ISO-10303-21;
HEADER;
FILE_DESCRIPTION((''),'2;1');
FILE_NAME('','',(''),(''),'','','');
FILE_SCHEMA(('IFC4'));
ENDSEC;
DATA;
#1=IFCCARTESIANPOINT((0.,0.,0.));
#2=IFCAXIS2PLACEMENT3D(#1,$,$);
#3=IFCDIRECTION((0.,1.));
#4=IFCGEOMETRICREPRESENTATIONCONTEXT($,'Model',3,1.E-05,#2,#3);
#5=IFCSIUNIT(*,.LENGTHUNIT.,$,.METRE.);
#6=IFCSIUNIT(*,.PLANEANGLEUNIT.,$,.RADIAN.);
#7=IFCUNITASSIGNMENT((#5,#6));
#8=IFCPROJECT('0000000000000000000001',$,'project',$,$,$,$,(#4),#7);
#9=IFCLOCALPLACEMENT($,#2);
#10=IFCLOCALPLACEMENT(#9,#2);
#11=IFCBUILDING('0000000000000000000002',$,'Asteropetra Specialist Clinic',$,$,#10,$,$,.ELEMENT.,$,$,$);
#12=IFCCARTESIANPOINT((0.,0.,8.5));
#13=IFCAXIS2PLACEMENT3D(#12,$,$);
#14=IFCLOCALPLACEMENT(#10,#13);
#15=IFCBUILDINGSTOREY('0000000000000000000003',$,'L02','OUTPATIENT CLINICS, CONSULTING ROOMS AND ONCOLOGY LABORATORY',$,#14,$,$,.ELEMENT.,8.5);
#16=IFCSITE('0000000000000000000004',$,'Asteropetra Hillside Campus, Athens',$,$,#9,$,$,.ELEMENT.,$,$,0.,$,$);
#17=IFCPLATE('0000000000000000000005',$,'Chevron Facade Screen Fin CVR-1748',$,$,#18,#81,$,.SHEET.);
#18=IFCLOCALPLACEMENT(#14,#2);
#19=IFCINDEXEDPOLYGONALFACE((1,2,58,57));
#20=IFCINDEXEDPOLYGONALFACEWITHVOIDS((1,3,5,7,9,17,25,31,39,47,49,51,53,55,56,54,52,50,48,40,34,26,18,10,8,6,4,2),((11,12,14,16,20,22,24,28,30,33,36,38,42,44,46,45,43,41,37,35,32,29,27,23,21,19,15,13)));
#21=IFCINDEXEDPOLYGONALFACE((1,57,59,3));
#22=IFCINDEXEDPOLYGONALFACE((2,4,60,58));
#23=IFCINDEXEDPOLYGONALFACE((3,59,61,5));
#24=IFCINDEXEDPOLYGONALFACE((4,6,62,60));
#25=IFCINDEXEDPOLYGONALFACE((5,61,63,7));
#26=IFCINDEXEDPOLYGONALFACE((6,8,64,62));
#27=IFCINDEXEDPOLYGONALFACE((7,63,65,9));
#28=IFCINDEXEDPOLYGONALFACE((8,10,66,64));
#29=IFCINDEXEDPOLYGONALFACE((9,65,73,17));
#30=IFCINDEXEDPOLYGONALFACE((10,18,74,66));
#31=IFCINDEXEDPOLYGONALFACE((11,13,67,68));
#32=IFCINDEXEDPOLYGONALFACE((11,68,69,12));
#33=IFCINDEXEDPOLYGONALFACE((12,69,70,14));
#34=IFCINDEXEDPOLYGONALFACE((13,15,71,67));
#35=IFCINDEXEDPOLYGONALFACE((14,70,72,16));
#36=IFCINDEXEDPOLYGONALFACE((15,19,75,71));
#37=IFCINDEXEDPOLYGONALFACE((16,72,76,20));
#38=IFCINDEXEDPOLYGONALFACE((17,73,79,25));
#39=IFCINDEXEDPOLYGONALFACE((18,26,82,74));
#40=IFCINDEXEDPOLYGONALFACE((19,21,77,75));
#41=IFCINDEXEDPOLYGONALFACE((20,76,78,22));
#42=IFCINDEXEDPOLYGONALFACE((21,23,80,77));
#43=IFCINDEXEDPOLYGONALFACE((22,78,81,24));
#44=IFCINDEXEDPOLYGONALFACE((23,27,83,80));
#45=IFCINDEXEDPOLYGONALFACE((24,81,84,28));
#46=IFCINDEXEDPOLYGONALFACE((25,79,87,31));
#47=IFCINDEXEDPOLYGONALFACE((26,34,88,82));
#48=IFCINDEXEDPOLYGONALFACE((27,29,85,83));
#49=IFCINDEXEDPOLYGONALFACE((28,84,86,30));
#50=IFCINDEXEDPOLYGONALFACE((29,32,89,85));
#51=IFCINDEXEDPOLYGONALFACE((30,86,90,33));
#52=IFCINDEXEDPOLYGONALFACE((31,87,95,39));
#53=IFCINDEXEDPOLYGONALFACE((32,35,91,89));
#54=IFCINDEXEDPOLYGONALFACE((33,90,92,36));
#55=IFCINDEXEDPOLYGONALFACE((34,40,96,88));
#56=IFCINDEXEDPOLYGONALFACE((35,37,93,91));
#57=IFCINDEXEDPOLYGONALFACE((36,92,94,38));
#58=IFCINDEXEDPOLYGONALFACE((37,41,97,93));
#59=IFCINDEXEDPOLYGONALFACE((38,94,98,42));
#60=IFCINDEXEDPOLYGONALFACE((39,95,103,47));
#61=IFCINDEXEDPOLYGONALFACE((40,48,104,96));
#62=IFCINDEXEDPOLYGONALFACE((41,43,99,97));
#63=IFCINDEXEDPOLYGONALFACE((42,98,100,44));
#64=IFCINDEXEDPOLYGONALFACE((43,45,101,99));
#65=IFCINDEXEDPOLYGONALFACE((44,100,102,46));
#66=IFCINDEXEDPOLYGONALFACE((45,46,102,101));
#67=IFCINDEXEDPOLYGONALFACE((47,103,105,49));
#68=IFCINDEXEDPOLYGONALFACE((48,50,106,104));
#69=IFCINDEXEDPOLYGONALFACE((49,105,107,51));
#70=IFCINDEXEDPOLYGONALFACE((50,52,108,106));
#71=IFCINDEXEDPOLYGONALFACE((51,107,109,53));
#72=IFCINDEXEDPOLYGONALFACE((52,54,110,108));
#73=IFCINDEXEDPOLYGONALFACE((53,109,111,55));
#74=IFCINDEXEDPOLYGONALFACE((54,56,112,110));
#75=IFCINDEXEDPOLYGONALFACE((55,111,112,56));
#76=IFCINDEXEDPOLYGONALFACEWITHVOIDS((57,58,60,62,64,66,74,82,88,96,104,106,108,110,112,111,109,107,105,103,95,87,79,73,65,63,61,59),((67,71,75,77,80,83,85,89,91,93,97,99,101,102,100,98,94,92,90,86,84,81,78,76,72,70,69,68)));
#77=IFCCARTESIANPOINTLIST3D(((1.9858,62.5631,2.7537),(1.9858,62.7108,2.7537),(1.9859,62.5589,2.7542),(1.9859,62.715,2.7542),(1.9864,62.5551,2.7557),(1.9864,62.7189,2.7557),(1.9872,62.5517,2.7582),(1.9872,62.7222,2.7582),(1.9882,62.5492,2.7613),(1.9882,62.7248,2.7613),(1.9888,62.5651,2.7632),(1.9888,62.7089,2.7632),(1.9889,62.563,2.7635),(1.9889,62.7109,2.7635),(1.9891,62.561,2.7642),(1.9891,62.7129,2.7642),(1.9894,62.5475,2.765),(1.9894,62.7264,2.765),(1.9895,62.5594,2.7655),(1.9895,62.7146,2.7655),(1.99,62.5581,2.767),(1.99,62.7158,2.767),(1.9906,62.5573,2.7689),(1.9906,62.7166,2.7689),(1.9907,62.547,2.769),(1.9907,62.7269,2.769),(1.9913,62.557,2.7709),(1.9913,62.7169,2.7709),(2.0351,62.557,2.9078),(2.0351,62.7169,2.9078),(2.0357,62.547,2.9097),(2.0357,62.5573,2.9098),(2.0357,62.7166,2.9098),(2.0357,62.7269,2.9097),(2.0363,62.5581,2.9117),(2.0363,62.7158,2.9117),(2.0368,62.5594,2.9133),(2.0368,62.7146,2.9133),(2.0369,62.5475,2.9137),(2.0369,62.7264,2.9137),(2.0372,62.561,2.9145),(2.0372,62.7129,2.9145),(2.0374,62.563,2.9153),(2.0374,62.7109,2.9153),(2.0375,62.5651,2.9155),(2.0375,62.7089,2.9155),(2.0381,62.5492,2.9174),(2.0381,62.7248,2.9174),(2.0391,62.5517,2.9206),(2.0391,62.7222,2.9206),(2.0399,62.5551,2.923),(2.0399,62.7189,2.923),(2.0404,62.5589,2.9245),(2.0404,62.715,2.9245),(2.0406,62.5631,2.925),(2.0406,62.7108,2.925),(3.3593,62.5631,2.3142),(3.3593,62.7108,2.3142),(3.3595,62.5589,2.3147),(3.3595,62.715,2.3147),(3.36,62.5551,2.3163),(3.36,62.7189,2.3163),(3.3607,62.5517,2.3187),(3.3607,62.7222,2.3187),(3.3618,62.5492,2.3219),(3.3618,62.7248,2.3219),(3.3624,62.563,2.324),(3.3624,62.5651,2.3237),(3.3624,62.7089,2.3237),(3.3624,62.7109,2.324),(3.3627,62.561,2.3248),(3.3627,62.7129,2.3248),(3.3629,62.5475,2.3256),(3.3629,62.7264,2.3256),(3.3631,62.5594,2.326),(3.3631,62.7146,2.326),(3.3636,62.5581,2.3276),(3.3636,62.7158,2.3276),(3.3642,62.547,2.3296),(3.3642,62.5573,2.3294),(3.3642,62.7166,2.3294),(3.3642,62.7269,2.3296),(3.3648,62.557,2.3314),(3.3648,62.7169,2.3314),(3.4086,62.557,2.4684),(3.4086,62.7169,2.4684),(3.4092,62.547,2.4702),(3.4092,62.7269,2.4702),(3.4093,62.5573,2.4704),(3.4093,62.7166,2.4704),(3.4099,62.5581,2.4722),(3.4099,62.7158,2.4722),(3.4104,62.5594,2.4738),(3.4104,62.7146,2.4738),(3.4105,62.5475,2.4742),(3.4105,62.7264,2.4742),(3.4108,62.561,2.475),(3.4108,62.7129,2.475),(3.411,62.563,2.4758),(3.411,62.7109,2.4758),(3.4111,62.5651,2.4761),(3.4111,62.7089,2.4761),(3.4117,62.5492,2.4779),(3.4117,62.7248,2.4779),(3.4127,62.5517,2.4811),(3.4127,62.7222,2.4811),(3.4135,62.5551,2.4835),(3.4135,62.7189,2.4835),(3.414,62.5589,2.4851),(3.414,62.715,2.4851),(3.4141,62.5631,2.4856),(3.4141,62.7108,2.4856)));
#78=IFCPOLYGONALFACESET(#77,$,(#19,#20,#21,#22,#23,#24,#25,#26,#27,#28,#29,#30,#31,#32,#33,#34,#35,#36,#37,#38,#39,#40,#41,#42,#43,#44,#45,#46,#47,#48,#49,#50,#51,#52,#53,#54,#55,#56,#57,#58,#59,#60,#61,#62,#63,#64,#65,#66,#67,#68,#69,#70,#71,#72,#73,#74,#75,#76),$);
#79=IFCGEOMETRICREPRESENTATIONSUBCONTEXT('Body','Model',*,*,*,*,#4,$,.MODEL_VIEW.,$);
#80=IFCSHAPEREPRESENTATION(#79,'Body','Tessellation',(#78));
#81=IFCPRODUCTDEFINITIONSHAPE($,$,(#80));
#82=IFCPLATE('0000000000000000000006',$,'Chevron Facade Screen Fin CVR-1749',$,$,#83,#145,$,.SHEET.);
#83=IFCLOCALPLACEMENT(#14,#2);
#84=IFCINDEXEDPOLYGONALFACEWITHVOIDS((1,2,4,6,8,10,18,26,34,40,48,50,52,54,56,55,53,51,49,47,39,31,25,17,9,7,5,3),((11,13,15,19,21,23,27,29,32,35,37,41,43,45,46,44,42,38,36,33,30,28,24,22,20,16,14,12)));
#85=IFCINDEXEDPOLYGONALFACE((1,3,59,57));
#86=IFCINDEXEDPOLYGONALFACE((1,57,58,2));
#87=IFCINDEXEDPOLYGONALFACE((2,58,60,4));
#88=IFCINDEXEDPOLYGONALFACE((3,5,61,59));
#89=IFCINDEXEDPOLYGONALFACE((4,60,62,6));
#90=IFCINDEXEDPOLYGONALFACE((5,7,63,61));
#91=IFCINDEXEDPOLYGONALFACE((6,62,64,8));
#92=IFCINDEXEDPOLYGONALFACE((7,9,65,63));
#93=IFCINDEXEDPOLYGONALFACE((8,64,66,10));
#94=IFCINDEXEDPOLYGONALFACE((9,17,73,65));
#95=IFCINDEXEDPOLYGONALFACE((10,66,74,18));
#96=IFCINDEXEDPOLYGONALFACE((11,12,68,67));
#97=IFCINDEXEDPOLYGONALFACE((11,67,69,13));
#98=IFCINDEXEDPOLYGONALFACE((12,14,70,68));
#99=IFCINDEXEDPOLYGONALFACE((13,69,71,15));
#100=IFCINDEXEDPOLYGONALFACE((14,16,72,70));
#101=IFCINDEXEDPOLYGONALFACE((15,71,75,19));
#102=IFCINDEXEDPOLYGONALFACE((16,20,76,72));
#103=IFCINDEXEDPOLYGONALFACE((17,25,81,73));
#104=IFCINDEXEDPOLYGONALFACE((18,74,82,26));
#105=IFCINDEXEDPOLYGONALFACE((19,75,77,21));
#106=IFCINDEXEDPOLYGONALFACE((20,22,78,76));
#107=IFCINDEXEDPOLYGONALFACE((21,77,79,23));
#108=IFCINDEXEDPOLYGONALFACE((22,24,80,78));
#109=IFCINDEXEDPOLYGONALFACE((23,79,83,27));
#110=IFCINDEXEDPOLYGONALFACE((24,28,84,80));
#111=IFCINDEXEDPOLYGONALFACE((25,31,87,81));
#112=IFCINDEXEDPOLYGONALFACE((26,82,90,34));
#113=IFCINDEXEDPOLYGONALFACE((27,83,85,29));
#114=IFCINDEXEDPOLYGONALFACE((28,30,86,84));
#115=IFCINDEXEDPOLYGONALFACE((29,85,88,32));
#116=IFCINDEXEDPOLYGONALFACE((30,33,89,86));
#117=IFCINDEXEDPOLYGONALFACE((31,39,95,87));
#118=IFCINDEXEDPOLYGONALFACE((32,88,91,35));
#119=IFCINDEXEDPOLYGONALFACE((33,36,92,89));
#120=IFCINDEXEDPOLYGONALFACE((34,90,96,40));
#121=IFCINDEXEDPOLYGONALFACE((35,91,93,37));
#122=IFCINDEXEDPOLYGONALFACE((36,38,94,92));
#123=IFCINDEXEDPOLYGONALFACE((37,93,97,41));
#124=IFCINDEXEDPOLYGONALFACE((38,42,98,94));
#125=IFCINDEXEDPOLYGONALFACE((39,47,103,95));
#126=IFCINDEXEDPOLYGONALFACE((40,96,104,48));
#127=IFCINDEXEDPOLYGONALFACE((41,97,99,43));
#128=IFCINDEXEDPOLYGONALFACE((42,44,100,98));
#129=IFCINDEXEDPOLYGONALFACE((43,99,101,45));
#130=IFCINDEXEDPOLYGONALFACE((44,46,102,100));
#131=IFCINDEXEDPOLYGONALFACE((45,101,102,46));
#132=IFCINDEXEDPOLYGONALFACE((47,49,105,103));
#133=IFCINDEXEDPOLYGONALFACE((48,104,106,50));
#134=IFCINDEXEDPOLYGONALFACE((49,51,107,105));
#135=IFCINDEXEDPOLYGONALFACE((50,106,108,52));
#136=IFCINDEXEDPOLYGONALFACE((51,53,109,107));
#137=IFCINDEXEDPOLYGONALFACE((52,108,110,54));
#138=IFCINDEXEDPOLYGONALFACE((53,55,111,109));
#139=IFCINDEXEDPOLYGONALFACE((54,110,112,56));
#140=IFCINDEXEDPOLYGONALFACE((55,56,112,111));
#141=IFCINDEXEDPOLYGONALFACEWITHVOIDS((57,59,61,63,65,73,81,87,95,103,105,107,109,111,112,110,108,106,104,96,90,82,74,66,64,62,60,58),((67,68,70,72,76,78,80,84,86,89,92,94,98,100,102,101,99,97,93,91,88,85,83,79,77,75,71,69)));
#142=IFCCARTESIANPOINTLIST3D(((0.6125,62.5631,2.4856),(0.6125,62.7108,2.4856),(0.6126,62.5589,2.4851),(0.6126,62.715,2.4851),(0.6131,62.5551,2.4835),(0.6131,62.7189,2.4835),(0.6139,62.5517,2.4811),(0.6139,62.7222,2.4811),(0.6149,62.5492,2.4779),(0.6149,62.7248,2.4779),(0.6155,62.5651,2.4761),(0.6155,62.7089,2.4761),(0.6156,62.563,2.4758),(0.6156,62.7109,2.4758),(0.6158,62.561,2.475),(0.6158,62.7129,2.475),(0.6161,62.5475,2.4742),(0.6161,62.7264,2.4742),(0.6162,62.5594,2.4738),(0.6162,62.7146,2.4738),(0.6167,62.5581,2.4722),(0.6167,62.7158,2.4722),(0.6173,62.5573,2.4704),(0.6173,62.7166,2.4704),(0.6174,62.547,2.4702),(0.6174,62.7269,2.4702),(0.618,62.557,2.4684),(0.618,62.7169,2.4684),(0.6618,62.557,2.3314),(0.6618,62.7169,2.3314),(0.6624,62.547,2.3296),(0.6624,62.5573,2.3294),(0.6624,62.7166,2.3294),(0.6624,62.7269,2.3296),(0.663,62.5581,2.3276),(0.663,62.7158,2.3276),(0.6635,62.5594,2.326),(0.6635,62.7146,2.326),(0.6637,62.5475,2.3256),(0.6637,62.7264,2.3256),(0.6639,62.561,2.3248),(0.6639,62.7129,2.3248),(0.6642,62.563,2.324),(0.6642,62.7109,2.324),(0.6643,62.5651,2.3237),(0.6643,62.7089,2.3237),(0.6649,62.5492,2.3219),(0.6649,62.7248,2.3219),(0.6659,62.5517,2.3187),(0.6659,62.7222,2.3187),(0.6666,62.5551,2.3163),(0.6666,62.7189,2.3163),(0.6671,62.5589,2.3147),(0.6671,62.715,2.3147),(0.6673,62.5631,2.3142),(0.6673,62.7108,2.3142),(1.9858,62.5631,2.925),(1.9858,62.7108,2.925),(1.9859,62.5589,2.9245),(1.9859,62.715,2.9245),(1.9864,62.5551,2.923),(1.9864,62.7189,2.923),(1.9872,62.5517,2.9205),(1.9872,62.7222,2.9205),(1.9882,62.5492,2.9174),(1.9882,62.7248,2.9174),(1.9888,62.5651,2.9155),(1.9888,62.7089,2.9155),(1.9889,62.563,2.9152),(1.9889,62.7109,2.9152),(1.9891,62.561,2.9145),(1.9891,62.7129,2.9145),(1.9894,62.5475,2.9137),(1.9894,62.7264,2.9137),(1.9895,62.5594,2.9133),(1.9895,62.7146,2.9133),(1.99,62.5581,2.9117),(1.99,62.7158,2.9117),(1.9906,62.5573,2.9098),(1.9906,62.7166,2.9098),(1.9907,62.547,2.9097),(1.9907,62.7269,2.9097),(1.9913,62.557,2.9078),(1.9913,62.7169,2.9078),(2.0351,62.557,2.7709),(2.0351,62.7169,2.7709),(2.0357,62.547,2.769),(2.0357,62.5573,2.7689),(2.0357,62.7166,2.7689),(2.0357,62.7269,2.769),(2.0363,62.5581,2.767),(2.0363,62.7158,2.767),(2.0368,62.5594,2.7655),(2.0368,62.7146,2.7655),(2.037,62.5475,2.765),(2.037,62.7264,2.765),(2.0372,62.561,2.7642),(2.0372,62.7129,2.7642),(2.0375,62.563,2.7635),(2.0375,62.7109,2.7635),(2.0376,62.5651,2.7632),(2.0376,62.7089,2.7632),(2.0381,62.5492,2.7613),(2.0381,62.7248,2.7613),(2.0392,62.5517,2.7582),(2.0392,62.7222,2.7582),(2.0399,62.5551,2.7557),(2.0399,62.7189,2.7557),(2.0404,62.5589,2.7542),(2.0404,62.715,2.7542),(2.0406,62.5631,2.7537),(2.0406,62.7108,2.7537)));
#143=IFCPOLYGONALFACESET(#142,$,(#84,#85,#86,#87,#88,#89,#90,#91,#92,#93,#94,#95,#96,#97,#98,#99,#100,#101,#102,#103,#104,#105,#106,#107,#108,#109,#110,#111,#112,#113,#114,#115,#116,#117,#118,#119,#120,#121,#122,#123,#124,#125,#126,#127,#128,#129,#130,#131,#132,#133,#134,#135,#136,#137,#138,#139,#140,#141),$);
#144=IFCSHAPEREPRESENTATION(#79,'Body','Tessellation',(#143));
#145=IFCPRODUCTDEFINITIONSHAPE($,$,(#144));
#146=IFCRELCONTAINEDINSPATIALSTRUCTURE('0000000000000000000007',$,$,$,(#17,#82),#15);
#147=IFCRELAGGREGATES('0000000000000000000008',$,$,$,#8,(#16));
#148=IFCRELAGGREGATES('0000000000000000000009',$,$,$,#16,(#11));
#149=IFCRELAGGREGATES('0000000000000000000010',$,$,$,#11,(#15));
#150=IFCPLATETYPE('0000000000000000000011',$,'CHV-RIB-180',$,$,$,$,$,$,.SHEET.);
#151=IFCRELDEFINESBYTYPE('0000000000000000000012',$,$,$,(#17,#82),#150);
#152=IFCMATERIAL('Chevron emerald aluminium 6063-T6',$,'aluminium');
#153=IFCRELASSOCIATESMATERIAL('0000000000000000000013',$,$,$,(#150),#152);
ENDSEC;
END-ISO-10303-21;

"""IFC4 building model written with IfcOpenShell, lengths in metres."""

from ifc_helpers import new_model, si_unit, direction, frame, origin, origin_2d, place, context, subcontext, project, spatial, hollow_rectangle, extrude, material, material_profile, profile_set, type_object, element, save


model = new_model("IFC4")

# Units and contexts
model_context = context("Model", 3, precision=1e-05, world=origin(), true_north=direction((0.0, 1.0)))
body_context = subcontext(model_context, "Body", "Model", "MODEL_VIEW")
ifc_project = project(units=[si_unit("LENGTHUNIT", "METRE"), si_unit("PLANEANGLEUNIT", "RADIAN")], contexts=[model_context])

# Site, building, storey
site_placement = place(None, origin())
site = spatial("IfcSite", under=ifc_project, at=site_placement, Name="Asteropetra Hillside Campus, Athens", CompositionType="ELEMENT", RefElevation=0.0)
building_placement = place(site_placement, origin())
building = spatial("IfcBuilding", under=site, at=building_placement, Name="Asteropetra Specialist Clinic", CompositionType="ELEMENT")
storey_placement = place(building_placement, frame((0.0, 0.0, 8.5)))
storey = spatial("IfcBuildingStorey", under=building, at=storey_placement, Name="L02", Description="OUTPATIENT CLINICS, CONSULTING ROOMS AND ONCOLOGY LABORATORY", CompositionType="ELEMENT", Elevation=8.5)

# Plates
ifc_material_1 = material(Name="Chevron emerald aluminium 6063-T6", Category="aluminium")
ifc_material_profile_1 = material_profile(ifc_material_1, hollow_rectangle(XDim=0.1799, YDim=0.1799, WallThickness=0.01, InnerFilletRadius=0.0081, OuterFilletRadius=0.0161, at=origin_2d()), Name="SHS 180x180x10.0")
ifc_profile_set_1 = profile_set([ifc_material_profile_1], Name="Chevron emerald aluminium 6063-T6")
plate_type_1 = type_object("IfcPlateType", Name="CHV-RIB-180", PredefinedType="SHEET", material=ifc_profile_set_1)
plate_1_placement = place(storey_placement, frame((3.3867, 62.637, 2.3999), z_axis=(-0.95244, 0.0, 0.304727), x_axis=(0.0, -1.0, 0.0)))
element("IfcPlate", 1, at=plate_1_placement, inside=storey, type_object=plate_type_1, Name="Chevron Facade Screen Fin CVR-1748", PredefinedType="SHEET", context=body_context, shape_type="SweptSolid", body=[
    extrude(hollow_rectangle(XDim=0.1799, YDim=0.1799, WallThickness=0.01, InnerFilletRadius=0.0081, OuterFilletRadius=0.0161, at=origin_2d()), origin(), (0.0, 0.0, 1.0), 1.4421),
])
plate_2_placement = place(storey_placement, frame((2.0132, 62.637, 2.8394), z_axis=(-0.952424, 0.0, -0.304776), x_axis=(0.0, -1.0, 0.0)))
element("IfcPlate", 2, at=plate_2_placement, inside=storey, type_object=plate_type_1, Name="Chevron Facade Screen Fin CVR-1749", PredefinedType="SHEET", context=body_context, shape_type="SweptSolid", body=[
    extrude(hollow_rectangle(XDim=0.1799, YDim=0.1799, WallThickness=0.01, InnerFilletRadius=0.0081, OuterFilletRadius=0.0161, at=origin_2d()), origin(), (0.0, 0.0, 1.0), 1.4419),
])

save(model, "model.ifc")
